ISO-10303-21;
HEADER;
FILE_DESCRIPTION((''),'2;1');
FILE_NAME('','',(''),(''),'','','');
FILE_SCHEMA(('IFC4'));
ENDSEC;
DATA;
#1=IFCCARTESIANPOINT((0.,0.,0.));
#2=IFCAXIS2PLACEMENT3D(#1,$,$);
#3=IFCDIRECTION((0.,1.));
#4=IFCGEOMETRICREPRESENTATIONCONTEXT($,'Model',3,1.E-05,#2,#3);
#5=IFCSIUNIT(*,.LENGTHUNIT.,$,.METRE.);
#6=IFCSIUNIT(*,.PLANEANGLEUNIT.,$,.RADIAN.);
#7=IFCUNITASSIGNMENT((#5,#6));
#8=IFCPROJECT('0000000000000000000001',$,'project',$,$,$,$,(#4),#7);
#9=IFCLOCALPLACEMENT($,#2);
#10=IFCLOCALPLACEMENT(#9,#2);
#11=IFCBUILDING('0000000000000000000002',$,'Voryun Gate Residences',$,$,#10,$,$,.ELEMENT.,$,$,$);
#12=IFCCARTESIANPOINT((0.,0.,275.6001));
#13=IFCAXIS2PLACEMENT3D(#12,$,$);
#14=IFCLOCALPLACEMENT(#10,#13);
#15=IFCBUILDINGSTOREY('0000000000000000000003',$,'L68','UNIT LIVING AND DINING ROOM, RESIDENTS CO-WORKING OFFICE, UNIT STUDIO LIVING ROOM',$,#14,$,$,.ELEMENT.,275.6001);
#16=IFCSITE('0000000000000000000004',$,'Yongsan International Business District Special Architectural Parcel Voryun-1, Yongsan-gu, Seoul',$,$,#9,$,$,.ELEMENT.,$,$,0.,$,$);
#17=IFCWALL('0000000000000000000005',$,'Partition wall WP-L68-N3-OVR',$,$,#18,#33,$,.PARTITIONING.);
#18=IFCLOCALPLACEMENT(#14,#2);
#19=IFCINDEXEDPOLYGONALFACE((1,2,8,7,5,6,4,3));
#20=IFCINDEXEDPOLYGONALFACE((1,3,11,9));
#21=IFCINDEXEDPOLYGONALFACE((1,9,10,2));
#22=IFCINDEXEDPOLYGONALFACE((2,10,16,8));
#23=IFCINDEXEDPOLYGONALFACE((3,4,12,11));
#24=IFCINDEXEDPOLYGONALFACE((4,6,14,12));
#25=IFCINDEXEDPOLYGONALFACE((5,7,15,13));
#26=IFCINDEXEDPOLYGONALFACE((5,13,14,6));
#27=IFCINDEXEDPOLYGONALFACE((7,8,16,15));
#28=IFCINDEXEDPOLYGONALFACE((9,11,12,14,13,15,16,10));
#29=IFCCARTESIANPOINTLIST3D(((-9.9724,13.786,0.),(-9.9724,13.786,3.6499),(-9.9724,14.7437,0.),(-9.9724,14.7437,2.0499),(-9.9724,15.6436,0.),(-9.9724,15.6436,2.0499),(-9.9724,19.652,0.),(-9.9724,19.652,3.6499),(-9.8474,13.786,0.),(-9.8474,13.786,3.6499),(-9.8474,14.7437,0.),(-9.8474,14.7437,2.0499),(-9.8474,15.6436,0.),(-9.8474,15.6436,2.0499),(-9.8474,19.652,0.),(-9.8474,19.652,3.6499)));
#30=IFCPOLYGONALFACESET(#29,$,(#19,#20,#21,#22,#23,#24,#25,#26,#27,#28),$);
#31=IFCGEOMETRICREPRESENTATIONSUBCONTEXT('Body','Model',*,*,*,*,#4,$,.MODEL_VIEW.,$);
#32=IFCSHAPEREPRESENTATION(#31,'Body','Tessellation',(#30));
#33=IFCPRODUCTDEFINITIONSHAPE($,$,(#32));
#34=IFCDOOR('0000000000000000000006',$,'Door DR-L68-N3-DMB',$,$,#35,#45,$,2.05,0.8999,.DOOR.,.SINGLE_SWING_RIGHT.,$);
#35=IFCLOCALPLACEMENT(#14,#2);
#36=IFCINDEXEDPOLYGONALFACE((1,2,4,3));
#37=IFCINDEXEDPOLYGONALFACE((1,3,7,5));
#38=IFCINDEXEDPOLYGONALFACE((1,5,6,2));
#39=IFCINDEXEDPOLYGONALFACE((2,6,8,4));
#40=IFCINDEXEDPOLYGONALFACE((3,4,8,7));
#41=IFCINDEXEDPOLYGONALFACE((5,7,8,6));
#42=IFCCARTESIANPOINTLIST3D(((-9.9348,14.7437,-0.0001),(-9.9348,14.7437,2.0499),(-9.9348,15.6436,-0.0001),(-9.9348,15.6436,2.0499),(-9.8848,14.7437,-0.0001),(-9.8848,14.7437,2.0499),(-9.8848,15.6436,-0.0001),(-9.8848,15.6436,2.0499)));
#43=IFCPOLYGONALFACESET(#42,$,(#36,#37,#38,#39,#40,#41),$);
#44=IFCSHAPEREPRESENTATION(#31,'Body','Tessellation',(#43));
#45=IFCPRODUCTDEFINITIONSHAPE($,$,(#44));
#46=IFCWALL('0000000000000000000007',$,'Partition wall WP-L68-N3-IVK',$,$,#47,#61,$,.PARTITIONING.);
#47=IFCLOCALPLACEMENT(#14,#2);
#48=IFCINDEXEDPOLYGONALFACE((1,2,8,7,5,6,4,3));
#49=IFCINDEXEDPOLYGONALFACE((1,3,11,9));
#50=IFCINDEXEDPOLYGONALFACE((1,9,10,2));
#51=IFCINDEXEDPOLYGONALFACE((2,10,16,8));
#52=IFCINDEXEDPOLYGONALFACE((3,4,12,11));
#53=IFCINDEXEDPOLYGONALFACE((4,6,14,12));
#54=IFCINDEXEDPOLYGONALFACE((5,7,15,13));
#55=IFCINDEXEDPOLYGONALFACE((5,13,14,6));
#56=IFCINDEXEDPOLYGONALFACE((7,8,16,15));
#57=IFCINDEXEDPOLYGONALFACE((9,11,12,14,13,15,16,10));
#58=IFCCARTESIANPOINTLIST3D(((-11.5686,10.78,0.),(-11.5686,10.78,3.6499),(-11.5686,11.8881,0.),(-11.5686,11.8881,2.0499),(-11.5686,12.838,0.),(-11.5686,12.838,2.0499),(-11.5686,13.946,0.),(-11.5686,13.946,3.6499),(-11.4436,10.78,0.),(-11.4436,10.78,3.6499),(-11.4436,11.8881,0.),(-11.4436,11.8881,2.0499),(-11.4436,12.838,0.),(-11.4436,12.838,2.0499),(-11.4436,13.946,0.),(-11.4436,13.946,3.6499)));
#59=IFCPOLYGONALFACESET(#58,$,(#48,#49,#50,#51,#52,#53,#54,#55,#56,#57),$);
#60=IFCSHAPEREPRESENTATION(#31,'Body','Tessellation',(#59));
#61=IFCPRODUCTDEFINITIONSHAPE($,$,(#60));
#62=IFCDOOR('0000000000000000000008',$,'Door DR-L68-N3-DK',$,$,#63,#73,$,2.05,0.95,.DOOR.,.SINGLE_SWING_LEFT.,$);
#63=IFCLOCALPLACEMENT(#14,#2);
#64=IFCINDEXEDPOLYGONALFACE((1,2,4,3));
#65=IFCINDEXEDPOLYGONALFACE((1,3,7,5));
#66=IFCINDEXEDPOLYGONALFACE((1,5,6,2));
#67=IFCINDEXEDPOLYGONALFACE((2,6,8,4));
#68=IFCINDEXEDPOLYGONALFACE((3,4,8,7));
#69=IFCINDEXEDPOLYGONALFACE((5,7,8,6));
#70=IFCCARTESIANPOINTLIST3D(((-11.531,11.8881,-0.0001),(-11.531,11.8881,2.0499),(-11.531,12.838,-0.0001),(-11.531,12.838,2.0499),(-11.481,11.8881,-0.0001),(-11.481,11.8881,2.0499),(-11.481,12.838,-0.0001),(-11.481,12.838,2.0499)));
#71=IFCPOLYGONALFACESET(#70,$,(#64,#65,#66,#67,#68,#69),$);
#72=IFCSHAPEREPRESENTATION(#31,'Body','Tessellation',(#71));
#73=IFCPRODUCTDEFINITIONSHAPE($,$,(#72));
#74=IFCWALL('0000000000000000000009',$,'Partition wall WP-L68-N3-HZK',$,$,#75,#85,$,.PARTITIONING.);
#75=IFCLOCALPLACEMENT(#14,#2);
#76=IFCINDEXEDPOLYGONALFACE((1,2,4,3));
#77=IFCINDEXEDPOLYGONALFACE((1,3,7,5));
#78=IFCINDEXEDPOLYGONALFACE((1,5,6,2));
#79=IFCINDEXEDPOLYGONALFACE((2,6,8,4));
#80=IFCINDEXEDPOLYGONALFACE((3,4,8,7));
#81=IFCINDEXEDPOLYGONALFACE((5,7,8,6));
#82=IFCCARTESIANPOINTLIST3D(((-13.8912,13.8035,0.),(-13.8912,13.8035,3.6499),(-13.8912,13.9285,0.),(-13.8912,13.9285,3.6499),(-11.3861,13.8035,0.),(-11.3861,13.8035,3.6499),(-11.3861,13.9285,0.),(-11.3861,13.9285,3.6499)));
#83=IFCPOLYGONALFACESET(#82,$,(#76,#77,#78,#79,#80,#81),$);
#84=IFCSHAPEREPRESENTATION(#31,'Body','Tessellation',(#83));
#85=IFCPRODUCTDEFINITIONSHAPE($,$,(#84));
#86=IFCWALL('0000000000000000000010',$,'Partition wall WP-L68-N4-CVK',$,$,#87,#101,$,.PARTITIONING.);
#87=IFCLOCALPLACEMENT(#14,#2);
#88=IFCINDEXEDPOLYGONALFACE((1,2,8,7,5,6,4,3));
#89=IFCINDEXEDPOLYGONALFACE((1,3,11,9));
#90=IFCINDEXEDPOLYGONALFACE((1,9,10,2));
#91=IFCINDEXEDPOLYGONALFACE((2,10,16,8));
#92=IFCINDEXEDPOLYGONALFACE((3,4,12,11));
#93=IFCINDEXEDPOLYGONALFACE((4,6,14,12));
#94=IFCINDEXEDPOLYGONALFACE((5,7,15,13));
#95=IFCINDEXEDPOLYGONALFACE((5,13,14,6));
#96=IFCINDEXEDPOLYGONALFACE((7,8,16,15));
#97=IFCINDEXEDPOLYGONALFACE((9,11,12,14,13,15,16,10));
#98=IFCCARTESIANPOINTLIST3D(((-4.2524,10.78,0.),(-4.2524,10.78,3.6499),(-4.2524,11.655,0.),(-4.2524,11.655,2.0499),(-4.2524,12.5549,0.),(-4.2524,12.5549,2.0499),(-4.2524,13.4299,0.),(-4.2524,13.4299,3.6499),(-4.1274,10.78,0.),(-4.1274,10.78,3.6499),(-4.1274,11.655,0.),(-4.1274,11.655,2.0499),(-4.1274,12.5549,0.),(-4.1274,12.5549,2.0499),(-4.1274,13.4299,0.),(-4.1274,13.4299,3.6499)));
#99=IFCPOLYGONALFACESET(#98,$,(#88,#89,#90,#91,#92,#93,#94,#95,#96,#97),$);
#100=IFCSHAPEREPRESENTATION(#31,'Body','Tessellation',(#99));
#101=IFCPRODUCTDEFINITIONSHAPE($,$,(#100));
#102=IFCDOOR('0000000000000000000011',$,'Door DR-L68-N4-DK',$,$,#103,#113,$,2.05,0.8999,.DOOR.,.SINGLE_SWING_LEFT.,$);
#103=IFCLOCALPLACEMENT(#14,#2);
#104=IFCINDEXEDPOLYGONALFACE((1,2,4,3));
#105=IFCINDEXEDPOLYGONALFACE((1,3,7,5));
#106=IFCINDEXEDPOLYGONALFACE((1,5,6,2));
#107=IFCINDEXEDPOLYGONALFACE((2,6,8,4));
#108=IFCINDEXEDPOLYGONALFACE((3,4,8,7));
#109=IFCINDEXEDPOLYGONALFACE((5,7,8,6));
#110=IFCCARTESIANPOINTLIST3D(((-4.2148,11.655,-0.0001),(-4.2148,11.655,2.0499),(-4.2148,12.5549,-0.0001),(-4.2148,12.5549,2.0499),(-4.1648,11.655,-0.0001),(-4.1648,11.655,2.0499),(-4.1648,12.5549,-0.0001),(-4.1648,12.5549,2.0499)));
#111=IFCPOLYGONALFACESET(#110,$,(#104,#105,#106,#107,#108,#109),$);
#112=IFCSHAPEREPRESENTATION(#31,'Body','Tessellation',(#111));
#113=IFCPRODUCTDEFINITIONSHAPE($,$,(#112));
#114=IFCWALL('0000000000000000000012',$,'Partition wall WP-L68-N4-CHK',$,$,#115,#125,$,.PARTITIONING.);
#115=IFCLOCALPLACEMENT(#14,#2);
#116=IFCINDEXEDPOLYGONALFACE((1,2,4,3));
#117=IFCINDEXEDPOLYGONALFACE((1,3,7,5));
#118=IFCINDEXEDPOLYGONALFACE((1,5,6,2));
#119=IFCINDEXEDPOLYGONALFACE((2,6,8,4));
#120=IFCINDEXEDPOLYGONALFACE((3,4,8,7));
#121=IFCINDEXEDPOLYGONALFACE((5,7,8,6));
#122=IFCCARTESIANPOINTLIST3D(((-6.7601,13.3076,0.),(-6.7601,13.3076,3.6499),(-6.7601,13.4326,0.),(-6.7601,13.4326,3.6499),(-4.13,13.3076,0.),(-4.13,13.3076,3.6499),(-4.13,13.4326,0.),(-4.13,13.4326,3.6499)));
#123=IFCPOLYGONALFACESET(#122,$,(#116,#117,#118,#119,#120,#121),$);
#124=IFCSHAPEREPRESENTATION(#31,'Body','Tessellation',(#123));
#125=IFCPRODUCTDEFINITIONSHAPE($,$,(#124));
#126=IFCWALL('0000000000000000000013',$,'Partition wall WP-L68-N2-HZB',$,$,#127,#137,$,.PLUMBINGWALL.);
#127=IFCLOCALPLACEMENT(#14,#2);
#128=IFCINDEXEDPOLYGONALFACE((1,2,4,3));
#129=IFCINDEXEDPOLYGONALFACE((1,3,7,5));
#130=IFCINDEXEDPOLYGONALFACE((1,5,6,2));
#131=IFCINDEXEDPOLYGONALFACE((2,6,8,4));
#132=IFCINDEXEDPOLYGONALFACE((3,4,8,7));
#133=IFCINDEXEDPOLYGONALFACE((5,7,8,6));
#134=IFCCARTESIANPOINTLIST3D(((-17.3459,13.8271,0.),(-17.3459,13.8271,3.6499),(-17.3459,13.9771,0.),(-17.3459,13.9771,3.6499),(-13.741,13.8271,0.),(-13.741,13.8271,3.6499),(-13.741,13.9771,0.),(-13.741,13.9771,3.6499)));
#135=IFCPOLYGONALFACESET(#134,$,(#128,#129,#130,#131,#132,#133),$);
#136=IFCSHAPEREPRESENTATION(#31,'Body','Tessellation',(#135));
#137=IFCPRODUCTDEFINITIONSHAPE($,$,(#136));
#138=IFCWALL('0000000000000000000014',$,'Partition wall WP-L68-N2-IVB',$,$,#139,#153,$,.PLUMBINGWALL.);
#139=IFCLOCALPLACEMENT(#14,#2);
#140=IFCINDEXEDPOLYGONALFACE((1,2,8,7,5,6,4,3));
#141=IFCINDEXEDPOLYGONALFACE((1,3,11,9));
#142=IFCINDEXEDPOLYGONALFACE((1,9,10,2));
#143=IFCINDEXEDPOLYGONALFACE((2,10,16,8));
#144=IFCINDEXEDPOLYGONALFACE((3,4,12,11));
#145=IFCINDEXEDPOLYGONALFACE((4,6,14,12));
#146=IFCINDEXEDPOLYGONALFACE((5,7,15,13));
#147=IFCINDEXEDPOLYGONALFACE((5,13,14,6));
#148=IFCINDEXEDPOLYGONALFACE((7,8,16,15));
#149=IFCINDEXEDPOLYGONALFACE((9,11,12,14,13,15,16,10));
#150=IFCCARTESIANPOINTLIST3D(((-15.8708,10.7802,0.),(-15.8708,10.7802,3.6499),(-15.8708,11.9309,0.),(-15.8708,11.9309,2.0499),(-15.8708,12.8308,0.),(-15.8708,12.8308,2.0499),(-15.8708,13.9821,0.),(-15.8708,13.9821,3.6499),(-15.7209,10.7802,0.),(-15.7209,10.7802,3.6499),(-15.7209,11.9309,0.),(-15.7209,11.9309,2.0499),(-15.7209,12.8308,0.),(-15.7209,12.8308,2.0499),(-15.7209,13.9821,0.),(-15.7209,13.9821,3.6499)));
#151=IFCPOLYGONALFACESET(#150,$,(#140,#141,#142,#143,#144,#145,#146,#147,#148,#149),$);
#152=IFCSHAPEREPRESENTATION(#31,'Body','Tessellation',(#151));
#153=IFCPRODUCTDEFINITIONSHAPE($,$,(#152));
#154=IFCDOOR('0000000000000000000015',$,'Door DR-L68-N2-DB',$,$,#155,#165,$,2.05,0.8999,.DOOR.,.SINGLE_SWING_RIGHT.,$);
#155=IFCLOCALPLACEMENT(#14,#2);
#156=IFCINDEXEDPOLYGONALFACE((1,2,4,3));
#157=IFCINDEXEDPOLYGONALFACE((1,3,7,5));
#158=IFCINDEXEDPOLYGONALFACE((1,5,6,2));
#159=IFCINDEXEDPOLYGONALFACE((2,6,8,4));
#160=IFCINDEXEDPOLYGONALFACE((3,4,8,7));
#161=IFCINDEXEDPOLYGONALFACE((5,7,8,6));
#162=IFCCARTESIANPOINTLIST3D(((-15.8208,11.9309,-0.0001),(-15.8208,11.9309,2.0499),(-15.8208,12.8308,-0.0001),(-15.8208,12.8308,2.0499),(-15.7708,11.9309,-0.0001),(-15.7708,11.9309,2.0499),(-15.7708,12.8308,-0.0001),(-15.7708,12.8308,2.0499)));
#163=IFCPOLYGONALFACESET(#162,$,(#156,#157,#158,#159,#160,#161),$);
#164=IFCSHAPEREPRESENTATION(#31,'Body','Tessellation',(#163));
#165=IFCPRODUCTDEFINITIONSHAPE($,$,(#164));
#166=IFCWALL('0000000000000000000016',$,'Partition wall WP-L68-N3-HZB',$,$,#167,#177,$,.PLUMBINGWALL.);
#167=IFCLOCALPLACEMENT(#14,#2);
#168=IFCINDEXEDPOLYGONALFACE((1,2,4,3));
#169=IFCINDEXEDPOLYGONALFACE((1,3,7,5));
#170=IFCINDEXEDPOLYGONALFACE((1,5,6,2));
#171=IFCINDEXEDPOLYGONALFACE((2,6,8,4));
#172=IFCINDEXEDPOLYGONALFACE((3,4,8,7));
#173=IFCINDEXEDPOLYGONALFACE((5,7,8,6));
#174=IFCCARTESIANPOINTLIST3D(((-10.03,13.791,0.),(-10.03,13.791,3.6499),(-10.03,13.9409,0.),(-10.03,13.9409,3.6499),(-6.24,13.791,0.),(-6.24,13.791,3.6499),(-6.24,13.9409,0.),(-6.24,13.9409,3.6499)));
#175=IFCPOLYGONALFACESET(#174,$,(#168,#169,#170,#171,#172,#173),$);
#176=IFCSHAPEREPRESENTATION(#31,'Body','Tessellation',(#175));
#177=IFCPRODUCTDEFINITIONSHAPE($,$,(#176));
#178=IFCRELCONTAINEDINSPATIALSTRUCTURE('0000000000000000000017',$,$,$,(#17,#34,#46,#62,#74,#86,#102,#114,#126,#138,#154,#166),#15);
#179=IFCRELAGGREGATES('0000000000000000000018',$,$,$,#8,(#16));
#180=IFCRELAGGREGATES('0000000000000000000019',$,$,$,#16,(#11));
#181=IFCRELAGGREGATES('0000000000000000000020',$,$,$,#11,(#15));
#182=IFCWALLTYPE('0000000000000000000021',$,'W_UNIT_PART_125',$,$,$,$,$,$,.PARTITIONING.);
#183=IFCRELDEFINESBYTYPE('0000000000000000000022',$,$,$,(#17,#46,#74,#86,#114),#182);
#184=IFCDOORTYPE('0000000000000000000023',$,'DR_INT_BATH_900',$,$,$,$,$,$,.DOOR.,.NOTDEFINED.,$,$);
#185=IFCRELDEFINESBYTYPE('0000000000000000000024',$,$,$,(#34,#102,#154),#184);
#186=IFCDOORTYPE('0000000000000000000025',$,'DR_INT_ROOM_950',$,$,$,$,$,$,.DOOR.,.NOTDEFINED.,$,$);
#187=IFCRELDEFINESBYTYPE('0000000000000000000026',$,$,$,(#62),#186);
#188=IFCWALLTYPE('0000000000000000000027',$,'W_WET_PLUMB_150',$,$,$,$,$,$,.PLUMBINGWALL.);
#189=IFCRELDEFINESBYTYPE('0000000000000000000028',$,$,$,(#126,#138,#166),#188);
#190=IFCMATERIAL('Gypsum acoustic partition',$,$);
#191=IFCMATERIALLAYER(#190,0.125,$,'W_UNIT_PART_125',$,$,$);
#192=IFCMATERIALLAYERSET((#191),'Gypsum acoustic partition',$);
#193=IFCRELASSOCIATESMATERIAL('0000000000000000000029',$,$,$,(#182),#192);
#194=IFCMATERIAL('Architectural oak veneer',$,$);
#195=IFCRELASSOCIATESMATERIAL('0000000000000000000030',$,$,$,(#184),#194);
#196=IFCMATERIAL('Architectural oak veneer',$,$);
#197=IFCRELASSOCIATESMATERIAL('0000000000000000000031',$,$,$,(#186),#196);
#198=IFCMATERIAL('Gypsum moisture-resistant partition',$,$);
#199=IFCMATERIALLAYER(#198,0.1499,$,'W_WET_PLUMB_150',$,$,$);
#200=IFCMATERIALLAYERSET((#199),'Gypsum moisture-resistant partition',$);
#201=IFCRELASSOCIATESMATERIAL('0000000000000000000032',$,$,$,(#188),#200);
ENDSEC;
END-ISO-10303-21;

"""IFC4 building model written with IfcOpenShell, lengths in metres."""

from ifc_helpers import new_model, si_unit, direction, frame, frame_2d, origin, place, context, subcontext, project, spatial, rectangle, extrude, material, layer, layer_set, type_object, element, fill, save


model = new_model("IFC4")

# Units and contexts
model_context = context("Model", 3, precision=1e-05, world=origin(), true_north=direction((0.0, 1.0)))
body_context = subcontext(model_context, "Body", "Model", "MODEL_VIEW")
ifc_project = project(units=[si_unit("LENGTHUNIT", "METRE"), si_unit("PLANEANGLEUNIT", "RADIAN")], contexts=[model_context])

# Site, building, storey
site_placement = place(None, origin())
site = spatial("IfcSite", under=ifc_project, at=site_placement, Name="Yongsan International Business District Special Architectural Parcel Voryun-1, Yongsan-gu, Seoul", CompositionType="ELEMENT", RefElevation=0.0)
building_placement = place(site_placement, origin())
building = spatial("IfcBuilding", under=site, at=building_placement, Name="Voryun Gate Residences", CompositionType="ELEMENT")
storey_placement = place(building_placement, frame((0.0, 0.0, 275.6001)))
storey = spatial("IfcBuildingStorey", under=building, at=storey_placement, Name="L68", Description="UNIT LIVING AND DINING ROOM, RESIDENTS CO-WORKING OFFICE, UNIT STUDIO LIVING ROOM", CompositionType="ELEMENT", Elevation=275.6001)

# Walls, openings, doors
ifc_material_1 = material(Name="Gypsum acoustic partition")
ifc_layer_1 = layer(ifc_material_1, 0.125, Name="W_UNIT_PART_125")
ifc_layer_set_1 = layer_set([ifc_layer_1], Name="Gypsum acoustic partition")
wall_type_1 = type_object("IfcWallType", Name="W_UNIT_PART_125", PredefinedType="PARTITIONING", material=ifc_layer_set_1)
ifc_material_2 = material(Name="Architectural oak veneer")
door_type_1 = type_object("IfcDoorType", Name="DR_INT_BATH_900", OperationType="NOTDEFINED", PredefinedType="DOOR", material=ifc_material_2)
wall_1_placement = place(storey_placement, frame((-9.9099, 13.7859, 0.0), z_axis=(0.0, 0.0, 1.0), x_axis=(0.0, 1.0, 0.0)))
wall_1 = element("IfcWall", 1, at=wall_1_placement, inside=storey, type_object=wall_type_1, Name="Partition wall WP-L68-N3-OVR", PredefinedType="PARTITIONING", context=body_context, shape_type="SweptSolid", body=[
    extrude(rectangle(XDim=5.866, YDim=0.125, at=frame_2d((2.9331, 0.0))), origin(), (0.0, 0.0, 1.0), 3.6499),
])
opening_1_placement = place(wall_1_placement, frame((0.9578, 0.0, 0.0)))
opening_1 = element("IfcOpeningElement", 2, at=opening_1_placement, cuts=wall_1, PredefinedType="OPENING", context=body_context, shape_type="SweptSolid", body=[
    extrude(rectangle(XDim=0.8999, YDim=2.05, at=frame_2d((0.45, 1.0249))), frame((0.0, 0.0725, 0.0), z_axis=(0.0, -1.0, 0.0), x_axis=(1.0, 0.0, 0.0)), (0.0, 0.0, 1.0), 0.145),
])
door_1_placement = place(opening_1_placement, origin())
door_1 = element("IfcDoor", 3, at=door_1_placement, inside=storey, type_object=door_type_1, Name="Door DR-L68-N3-DMB", OperationType="SINGLE_SWING_RIGHT", OverallHeight=2.05, OverallWidth=0.8999, PredefinedType="DOOR", context=body_context, shape_type="SweptSolid", body=[
    extrude(rectangle(XDim=0.8999, YDim=2.05, at=frame_2d((0.45, 1.0249))), frame((0.0, 0.0249, 0.0), z_axis=(0.0, -1.0, 0.0), x_axis=(1.0, 0.0, 0.0)), (0.0, 0.0, 1.0), 0.05),
])
fill(opening_1, door_1)
wall_2_placement = place(storey_placement, frame((-11.5061, 10.78, 0.0), z_axis=(0.0, 0.0, 1.0), x_axis=(0.0, 1.0, 0.0)))
wall_2 = element("IfcWall", 4, at=wall_2_placement, inside=storey, type_object=wall_type_1, Name="Partition wall WP-L68-N3-IVK", PredefinedType="PARTITIONING", context=body_context, shape_type="SweptSolid", body=[
    extrude(rectangle(XDim=3.166, YDim=0.125, at=frame_2d((1.583, 0.0))), origin(), (0.0, 0.0, 1.0), 3.6499),
])
opening_2_placement = place(wall_2_placement, frame((1.1079, 0.0, 0.0)))
opening_2 = element("IfcOpeningElement", 5, at=opening_2_placement, cuts=wall_2, PredefinedType="OPENING", context=body_context, shape_type="SweptSolid", body=[
    extrude(rectangle(XDim=0.95, YDim=2.05, at=frame_2d((0.4751, 1.0249))), frame((0.0, 0.0725, 0.0), z_axis=(0.0, -1.0, 0.0), x_axis=(1.0, 0.0, 0.0)), (0.0, 0.0, 1.0), 0.145),
])
ifc_material_3 = material(Name="Architectural oak veneer")
door_type_2 = type_object("IfcDoorType", Name="DR_INT_ROOM_950", OperationType="NOTDEFINED", PredefinedType="DOOR", material=ifc_material_3)
door_2_placement = place(opening_2_placement, origin())
door_2 = element("IfcDoor", 6, at=door_2_placement, inside=storey, type_object=door_type_2, Name="Door DR-L68-N3-DK", OperationType="SINGLE_SWING_LEFT", OverallHeight=2.05, OverallWidth=0.95, PredefinedType="DOOR", context=body_context, shape_type="SweptSolid", body=[
    extrude(rectangle(XDim=0.95, YDim=2.05, at=frame_2d((0.4751, 1.0249))), frame((0.0, 0.0249, 0.0), z_axis=(0.0, -1.0, 0.0), x_axis=(1.0, 0.0, 0.0)), (0.0, 0.0, 1.0), 0.05),
])
fill(opening_2, door_2)

# Wall
wall_3_placement = place(storey_placement, frame((-13.8911, 13.866, 0.0), z_axis=(0.0, 0.0, 1.0), x_axis=(1.0, 0.0, 0.0)))
element("IfcWall", 7, at=wall_3_placement, inside=storey, type_object=wall_type_1, Name="Partition wall WP-L68-N3-HZK", PredefinedType="PARTITIONING", context=body_context, shape_type="SweptSolid", body=[
    extrude(rectangle(XDim=2.5051, YDim=0.125, at=frame_2d((1.2524, 0.0))), origin(), (0.0, 0.0, 1.0), 3.6499),
])

# Wall, opening, door
wall_4_placement = place(storey_placement, frame((-4.1899, 10.78, 0.0), z_axis=(0.0, 0.0, 1.0), x_axis=(0.0, 1.0, 0.0)))
wall_4 = element("IfcWall", 8, at=wall_4_placement, inside=storey, type_object=wall_type_1, Name="Partition wall WP-L68-N4-CVK", PredefinedType="PARTITIONING", context=body_context, shape_type="SweptSolid", body=[
    extrude(rectangle(XDim=2.6499, YDim=0.125, at=frame_2d((1.325, 0.0))), origin(), (0.0, 0.0, 1.0), 3.6499),
])
opening_3_placement = place(wall_4_placement, frame((0.875, 0.0, 0.0)))
opening_3 = element("IfcOpeningElement", 9, at=opening_3_placement, cuts=wall_4, PredefinedType="OPENING", context=body_context, shape_type="SweptSolid", body=[
    extrude(rectangle(XDim=0.8999, YDim=2.05, at=frame_2d((0.45, 1.0249))), frame((0.0, 0.0725, 0.0), z_axis=(0.0, -1.0, 0.0), x_axis=(1.0, 0.0, 0.0)), (0.0, 0.0, 1.0), 0.145),
])
door_3_placement = place(opening_3_placement, origin())
door_3 = element("IfcDoor", 10, at=door_3_placement, inside=storey, type_object=door_type_1, Name="Door DR-L68-N4-DK", OperationType="SINGLE_SWING_LEFT", OverallHeight=2.05, OverallWidth=0.8999, PredefinedType="DOOR", context=body_context, shape_type="SweptSolid", body=[
    extrude(rectangle(XDim=0.8999, YDim=2.05, at=frame_2d((0.45, 1.0249))), frame((0.0, 0.0249, 0.0), z_axis=(0.0, -1.0, 0.0), x_axis=(1.0, 0.0, 0.0)), (0.0, 0.0, 1.0), 0.05),
])
fill(opening_3, door_3)

# Walls
wall_5_placement = place(storey_placement, frame((-6.76, 13.3701, 0.0), z_axis=(0.0, 0.0, 1.0), x_axis=(1.0, 0.0, 0.0)))
element("IfcWall", 11, at=wall_5_placement, inside=storey, type_object=wall_type_1, Name="Partition wall WP-L68-N4-CHK", PredefinedType="PARTITIONING", context=body_context, shape_type="SweptSolid", body=[
    extrude(rectangle(XDim=2.6301, YDim=0.125, at=frame_2d((1.3149, 0.0))), origin(), (0.0, 0.0, 1.0), 3.6499),
])
ifc_material_4 = material(Name="Gypsum moisture-resistant partition")
ifc_layer_2 = layer(ifc_material_4, 0.1499, Name="W_WET_PLUMB_150")
ifc_layer_set_2 = layer_set([ifc_layer_2], Name="Gypsum moisture-resistant partition")
wall_type_2 = type_object("IfcWallType", Name="W_WET_PLUMB_150", PredefinedType="PLUMBINGWALL", material=ifc_layer_set_2)
wall_6_placement = place(storey_placement, frame((-17.3459, 13.9021, 0.0), z_axis=(0.0, 0.0, 1.0), x_axis=(1.0, 0.0, 0.0)))
element("IfcWall", 12, at=wall_6_placement, inside=storey, type_object=wall_type_2, Name="Partition wall WP-L68-N2-HZB", PredefinedType="PLUMBINGWALL", context=body_context, shape_type="SweptSolid", body=[
    extrude(rectangle(XDim=3.605, YDim=0.1499, at=frame_2d((1.8025, 0.0))), origin(), (0.0, 0.0, 1.0), 3.6499),
])

# Wall, opening, door
wall_7_placement = place(storey_placement, frame((-15.7959, 10.78, 0.0), z_axis=(0.0, 0.0, 1.0), x_axis=(0.0, 1.0, 0.0)))
wall_7 = element("IfcWall", 13, at=wall_7_placement, inside=storey, type_object=wall_type_2, Name="Partition wall WP-L68-N2-IVB", PredefinedType="PLUMBINGWALL", context=body_context, shape_type="SweptSolid", body=[
    extrude(rectangle(XDim=3.2019, YDim=0.1499, at=frame_2d((1.6011, 0.0))), origin(), (0.0, 0.0, 1.0), 3.6499),
])
opening_4_placement = place(wall_7_placement, frame((1.1509, 0.0, 0.0)))
opening_4 = element("IfcOpeningElement", 14, at=opening_4_placement, cuts=wall_7, PredefinedType="OPENING", context=body_context, shape_type="SweptSolid", body=[
    extrude(rectangle(XDim=0.8999, YDim=2.05, at=frame_2d((0.45, 1.0249))), frame((0.0, 0.085, 0.0), z_axis=(0.0, -1.0, 0.0), x_axis=(1.0, 0.0, 0.0)), (0.0, 0.0, 1.0), 0.1699),
])
door_4_placement = place(opening_4_placement, origin())
door_4 = element("IfcDoor", 15, at=door_4_placement, inside=storey, type_object=door_type_1, Name="Door DR-L68-N2-DB", OperationType="SINGLE_SWING_RIGHT", OverallHeight=2.05, OverallWidth=0.8999, PredefinedType="DOOR", context=body_context, shape_type="SweptSolid", body=[
    extrude(rectangle(XDim=0.8999, YDim=2.05, at=frame_2d((0.45, 1.0249))), frame((0.0, 0.0249, 0.0), z_axis=(0.0, -1.0, 0.0), x_axis=(1.0, 0.0, 0.0)), (0.0, 0.0, 1.0), 0.05),
])
fill(opening_4, door_4)

# Wall
wall_8_placement = place(storey_placement, frame((-10.03, 13.866, 0.0), z_axis=(0.0, 0.0, 1.0), x_axis=(1.0, 0.0, 0.0)))
element("IfcWall", 16, at=wall_8_placement, inside=storey, type_object=wall_type_2, Name="Partition wall WP-L68-N3-HZB", PredefinedType="PLUMBINGWALL", context=body_context, shape_type="SweptSolid", body=[
    extrude(rectangle(XDim=3.79, YDim=0.1499, at=frame_2d((1.895, 0.0))), origin(), (0.0, 0.0, 1.0), 3.6499),
])

save(model, "model.ifc")
